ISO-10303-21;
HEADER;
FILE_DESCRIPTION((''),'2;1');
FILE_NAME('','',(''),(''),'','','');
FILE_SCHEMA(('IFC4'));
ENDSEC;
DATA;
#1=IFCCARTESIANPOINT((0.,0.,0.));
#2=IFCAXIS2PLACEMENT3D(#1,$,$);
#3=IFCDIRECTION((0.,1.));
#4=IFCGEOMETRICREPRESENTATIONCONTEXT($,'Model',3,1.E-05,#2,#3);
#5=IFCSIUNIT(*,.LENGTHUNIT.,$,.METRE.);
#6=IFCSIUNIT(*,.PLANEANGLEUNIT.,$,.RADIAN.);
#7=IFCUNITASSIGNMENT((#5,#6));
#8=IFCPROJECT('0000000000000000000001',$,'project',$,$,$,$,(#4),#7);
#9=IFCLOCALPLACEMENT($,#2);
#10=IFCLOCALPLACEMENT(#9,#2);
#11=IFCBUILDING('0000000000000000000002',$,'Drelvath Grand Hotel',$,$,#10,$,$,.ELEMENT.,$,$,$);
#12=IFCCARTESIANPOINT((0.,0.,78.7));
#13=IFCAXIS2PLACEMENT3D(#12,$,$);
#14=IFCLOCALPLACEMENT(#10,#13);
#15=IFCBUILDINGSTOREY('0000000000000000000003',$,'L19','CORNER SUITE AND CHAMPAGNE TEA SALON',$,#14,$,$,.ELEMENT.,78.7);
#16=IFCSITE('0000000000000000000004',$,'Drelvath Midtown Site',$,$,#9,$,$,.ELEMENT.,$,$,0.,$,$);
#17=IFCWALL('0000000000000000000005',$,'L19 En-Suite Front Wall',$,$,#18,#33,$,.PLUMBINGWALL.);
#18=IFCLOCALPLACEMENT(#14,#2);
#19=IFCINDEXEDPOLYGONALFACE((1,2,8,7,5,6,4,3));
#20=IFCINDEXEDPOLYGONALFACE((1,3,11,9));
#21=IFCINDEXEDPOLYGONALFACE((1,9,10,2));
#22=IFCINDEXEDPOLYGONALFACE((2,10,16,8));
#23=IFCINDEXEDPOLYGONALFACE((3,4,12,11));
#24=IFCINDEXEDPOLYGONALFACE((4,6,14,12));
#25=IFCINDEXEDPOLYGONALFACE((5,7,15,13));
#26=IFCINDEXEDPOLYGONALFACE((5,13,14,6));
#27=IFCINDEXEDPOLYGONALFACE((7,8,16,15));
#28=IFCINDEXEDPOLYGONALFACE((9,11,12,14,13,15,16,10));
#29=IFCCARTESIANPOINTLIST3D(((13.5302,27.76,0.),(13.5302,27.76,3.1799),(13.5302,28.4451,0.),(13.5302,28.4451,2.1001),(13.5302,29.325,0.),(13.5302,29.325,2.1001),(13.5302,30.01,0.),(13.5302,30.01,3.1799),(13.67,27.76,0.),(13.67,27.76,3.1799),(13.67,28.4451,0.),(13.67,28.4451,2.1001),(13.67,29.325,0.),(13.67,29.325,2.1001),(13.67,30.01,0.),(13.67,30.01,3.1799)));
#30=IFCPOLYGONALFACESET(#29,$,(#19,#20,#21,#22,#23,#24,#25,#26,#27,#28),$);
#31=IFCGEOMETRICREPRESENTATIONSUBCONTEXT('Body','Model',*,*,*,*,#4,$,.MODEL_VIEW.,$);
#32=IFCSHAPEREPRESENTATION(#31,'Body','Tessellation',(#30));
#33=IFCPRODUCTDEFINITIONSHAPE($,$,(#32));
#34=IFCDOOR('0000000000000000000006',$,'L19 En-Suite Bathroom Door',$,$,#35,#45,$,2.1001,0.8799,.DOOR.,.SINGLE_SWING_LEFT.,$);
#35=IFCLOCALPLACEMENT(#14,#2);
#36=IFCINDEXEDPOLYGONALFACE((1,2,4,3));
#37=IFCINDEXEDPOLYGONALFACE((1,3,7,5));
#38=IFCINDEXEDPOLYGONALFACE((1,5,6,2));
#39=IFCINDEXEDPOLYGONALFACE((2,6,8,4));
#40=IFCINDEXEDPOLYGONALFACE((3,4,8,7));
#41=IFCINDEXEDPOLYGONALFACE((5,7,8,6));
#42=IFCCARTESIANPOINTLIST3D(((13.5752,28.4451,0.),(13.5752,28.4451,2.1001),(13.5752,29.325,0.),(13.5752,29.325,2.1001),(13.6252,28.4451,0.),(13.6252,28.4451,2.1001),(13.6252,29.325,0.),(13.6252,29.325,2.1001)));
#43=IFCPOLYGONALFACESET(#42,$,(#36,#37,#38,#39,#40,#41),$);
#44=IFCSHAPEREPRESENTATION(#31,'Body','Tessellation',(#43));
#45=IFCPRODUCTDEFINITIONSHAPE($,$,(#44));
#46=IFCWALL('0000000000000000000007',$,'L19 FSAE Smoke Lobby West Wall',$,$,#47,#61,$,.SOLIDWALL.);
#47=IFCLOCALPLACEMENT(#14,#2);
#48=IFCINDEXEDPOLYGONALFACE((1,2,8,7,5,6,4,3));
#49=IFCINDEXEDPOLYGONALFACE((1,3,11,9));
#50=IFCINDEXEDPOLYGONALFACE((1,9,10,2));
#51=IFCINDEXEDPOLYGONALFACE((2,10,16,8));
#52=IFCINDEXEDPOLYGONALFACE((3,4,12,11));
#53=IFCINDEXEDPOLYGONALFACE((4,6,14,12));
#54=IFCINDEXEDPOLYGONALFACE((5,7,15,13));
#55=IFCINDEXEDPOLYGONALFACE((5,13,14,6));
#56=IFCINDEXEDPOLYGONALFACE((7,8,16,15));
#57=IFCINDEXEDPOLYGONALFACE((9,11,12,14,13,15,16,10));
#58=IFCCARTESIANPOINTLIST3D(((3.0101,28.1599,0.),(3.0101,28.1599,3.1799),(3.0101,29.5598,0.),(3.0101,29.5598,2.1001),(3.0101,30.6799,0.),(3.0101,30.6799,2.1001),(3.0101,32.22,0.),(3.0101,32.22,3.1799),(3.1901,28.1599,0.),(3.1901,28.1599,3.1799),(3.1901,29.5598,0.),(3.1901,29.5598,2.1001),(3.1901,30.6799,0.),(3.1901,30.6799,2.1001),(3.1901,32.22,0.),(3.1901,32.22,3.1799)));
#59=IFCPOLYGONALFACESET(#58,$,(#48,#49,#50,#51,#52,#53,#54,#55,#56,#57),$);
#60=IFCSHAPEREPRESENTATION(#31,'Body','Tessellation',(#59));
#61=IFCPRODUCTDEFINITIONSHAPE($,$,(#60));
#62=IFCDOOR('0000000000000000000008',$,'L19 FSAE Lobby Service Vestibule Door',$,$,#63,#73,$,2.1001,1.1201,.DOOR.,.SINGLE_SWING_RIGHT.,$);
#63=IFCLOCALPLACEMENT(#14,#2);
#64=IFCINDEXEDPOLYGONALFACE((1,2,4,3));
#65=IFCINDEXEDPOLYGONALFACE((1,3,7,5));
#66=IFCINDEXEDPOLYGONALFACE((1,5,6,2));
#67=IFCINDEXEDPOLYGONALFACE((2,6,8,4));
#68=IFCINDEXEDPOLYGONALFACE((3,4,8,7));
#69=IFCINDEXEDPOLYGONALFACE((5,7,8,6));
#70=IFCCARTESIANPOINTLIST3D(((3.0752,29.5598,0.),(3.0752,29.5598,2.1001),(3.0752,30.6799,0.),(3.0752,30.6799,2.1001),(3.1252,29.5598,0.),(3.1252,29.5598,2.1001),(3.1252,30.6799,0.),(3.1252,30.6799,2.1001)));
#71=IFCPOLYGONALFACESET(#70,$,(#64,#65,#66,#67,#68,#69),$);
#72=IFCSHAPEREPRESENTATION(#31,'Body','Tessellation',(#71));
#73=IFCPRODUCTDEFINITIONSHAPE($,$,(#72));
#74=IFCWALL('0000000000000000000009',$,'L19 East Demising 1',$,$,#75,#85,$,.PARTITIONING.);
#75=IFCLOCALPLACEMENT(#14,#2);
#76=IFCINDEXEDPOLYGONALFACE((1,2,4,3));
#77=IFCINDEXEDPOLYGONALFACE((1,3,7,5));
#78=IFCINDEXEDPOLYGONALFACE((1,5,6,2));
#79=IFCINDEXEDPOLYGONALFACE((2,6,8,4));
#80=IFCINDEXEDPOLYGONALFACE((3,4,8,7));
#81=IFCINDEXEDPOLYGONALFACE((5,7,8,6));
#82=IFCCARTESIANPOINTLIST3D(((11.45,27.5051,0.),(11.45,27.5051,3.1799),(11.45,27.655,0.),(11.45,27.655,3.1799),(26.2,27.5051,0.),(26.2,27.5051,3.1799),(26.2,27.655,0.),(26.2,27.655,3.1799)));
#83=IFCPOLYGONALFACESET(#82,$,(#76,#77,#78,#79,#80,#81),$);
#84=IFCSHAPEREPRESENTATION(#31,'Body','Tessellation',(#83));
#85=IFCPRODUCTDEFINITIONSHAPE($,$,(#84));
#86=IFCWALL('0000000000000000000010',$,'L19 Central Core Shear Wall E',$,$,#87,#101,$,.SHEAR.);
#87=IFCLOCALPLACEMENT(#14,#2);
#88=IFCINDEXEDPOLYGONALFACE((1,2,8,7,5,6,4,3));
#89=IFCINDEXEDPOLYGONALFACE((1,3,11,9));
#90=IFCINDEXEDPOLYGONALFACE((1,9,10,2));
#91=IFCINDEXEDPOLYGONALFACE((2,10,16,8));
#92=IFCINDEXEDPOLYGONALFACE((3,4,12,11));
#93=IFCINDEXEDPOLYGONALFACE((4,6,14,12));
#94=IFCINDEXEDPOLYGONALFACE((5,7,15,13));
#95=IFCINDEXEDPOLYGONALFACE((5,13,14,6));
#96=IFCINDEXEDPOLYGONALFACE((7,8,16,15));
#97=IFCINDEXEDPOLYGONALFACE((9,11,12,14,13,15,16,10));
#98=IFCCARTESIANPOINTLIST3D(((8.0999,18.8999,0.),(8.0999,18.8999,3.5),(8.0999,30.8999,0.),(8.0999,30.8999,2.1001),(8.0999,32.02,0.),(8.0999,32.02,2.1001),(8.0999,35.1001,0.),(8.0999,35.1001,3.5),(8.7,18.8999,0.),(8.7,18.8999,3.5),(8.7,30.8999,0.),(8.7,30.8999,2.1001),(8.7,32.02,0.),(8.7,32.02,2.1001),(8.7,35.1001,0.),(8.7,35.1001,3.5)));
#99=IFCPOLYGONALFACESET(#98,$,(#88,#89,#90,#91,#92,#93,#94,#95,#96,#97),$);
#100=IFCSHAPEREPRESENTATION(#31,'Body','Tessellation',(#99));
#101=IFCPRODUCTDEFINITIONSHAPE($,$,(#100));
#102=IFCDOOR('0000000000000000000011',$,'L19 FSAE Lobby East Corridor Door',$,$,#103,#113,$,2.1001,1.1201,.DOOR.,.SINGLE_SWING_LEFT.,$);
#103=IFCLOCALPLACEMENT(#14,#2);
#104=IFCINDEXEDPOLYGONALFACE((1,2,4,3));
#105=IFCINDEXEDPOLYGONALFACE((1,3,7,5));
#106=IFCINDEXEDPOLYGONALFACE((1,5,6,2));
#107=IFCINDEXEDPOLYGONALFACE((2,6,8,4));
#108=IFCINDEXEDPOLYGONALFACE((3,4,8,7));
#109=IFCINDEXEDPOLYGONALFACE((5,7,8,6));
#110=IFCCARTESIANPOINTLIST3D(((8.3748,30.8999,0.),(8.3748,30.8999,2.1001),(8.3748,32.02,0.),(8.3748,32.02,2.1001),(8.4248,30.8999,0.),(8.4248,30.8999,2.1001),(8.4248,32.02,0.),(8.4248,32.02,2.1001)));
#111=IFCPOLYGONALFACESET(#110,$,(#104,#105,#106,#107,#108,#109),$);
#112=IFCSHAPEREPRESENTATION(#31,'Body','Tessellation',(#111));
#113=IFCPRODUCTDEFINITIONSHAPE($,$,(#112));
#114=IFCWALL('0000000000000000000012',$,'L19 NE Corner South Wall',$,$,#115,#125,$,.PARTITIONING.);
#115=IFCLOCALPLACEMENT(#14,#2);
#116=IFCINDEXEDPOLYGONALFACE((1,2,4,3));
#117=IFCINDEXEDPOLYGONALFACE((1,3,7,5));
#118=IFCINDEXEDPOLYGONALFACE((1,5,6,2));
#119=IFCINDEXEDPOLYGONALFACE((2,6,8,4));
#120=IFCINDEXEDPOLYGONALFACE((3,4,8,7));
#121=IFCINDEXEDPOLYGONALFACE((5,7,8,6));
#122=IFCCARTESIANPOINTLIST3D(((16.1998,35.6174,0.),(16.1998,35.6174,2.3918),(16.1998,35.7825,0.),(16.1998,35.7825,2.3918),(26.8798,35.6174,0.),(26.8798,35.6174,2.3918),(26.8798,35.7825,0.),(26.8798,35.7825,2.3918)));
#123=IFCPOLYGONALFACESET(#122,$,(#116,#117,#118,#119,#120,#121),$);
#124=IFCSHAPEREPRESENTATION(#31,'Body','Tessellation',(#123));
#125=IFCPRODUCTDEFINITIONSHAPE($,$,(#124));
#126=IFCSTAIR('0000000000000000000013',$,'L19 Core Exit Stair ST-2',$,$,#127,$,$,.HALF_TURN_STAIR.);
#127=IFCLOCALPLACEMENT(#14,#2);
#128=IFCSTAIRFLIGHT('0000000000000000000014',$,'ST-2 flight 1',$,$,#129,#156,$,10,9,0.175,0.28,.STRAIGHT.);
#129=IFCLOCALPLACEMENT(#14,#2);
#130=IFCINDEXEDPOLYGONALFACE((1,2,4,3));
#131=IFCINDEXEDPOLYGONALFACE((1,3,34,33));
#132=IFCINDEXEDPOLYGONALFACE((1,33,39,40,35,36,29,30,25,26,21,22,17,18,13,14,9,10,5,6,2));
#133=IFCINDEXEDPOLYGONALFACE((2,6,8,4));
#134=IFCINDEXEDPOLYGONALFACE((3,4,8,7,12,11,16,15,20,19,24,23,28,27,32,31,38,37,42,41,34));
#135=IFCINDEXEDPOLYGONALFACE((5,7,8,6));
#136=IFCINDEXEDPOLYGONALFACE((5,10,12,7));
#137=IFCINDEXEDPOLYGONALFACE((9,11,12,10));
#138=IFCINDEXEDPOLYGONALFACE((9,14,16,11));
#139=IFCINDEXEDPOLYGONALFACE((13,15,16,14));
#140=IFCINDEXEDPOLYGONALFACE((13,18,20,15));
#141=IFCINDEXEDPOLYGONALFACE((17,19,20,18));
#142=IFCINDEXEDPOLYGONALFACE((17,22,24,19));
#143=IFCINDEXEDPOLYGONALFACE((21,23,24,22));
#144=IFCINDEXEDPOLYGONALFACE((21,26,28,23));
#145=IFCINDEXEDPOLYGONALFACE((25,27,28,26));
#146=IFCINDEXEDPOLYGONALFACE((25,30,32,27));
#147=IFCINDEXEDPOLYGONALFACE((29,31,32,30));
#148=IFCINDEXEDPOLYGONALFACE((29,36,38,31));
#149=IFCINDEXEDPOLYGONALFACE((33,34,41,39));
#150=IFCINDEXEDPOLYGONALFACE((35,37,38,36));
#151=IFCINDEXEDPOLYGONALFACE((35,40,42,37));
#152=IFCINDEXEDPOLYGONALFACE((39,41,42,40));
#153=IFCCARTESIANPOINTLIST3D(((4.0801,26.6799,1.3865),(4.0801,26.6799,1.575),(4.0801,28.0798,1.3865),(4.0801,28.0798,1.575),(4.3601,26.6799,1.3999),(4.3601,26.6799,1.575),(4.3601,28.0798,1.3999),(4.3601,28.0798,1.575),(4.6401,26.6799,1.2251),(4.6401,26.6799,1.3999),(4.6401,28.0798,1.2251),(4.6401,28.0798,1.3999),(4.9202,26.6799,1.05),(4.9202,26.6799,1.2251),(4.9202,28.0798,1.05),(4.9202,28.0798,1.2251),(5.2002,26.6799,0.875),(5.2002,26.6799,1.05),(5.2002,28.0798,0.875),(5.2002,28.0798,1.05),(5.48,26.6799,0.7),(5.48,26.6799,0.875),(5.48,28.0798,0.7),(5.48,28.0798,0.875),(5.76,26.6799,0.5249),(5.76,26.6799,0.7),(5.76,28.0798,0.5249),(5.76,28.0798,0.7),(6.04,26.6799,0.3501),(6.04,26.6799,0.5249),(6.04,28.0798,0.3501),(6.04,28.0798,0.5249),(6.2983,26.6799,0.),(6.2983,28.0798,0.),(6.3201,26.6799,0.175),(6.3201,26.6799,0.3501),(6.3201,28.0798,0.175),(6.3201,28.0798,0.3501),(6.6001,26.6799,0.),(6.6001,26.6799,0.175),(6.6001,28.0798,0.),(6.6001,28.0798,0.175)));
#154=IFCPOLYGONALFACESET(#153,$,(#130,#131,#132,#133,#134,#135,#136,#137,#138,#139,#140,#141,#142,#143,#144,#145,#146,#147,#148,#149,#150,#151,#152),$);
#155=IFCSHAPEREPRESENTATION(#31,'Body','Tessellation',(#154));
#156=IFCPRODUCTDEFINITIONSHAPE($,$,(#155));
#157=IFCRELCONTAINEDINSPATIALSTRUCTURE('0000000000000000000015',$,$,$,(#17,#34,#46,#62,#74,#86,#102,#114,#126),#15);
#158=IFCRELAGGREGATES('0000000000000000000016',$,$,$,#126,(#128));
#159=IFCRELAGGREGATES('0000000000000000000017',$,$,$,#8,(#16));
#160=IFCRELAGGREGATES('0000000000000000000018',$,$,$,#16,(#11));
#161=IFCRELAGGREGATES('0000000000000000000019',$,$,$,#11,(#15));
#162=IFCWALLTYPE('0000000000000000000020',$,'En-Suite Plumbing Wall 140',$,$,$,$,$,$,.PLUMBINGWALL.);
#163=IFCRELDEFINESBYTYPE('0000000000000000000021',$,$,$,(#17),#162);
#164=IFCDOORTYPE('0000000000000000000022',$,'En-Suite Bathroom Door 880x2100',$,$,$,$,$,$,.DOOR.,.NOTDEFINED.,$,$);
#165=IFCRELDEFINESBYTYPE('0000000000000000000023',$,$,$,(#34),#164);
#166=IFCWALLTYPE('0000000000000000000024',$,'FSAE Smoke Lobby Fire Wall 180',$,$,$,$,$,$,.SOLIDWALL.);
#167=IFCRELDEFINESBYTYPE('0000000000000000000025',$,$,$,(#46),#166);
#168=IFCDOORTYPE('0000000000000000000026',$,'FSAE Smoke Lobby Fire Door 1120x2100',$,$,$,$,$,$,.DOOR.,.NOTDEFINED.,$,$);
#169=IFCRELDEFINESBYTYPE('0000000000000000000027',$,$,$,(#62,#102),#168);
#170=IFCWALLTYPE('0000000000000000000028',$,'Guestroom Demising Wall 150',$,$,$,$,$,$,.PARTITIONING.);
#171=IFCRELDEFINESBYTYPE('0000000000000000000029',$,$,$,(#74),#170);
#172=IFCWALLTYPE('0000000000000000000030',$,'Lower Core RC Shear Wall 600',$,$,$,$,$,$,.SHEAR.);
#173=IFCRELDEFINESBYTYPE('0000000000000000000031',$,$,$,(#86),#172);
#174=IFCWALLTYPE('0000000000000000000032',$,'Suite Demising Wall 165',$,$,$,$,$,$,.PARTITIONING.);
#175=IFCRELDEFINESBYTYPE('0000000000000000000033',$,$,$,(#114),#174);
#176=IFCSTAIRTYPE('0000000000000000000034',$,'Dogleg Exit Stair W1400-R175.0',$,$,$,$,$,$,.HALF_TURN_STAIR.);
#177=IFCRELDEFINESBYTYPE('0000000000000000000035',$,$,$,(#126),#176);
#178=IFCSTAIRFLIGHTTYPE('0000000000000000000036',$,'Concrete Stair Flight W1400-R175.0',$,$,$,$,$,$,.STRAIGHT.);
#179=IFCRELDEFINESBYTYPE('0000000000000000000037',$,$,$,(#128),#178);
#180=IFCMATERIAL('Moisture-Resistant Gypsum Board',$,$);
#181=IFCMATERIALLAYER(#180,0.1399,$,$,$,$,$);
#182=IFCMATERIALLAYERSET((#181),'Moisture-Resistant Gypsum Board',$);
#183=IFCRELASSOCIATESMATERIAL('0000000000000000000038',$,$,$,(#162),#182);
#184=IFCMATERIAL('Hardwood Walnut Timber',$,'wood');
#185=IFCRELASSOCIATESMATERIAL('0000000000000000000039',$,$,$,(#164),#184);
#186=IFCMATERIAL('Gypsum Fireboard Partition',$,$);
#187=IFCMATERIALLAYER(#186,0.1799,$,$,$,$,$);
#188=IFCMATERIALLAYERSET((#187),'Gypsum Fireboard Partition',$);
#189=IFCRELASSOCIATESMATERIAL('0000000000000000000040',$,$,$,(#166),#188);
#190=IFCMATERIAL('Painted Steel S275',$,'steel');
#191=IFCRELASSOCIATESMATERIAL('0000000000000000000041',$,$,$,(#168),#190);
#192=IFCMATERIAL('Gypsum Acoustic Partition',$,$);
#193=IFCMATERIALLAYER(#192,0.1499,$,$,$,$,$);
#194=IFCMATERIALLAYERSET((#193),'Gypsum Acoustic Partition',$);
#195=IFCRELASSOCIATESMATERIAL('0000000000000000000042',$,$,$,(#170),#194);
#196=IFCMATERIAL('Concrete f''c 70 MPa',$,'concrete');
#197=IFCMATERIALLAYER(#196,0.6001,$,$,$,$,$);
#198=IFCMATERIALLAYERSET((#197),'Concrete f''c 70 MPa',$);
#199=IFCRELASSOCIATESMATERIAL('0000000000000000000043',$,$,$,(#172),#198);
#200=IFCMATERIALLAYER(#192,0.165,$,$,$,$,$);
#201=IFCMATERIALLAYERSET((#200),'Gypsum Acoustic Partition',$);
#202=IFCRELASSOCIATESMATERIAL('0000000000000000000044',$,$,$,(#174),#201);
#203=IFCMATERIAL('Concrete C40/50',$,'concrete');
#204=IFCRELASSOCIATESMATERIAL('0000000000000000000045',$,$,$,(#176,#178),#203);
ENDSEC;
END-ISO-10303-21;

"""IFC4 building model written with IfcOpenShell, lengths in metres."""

from ifc_helpers import new_model, si_unit, direction, frame, frame_2d, origin, place, context, subcontext, project, spatial, polyline, rectangle, outline, extrude, material, layer, layer_set, type_object, element, fill, aggregate, save


model = new_model("IFC4")

# Units and contexts
model_context = context("Model", 3, precision=1e-05, world=origin(), true_north=direction((0.0, 1.0)))
body_context = subcontext(model_context, "Body", "Model", "MODEL_VIEW")
ifc_project = project(units=[si_unit("LENGTHUNIT", "METRE"), si_unit("PLANEANGLEUNIT", "RADIAN")], contexts=[model_context])

# Site, building, storey
site_placement = place(None, origin())
site = spatial("IfcSite", under=ifc_project, at=site_placement, Name="Drelvath Midtown Site", CompositionType="ELEMENT", RefElevation=0.0)
building_placement = place(site_placement, origin())
building = spatial("IfcBuilding", under=site, at=building_placement, Name="Drelvath Grand Hotel", CompositionType="ELEMENT")
storey_placement = place(building_placement, frame((0.0, 0.0, 78.7)))
storey = spatial("IfcBuildingStorey", under=building, at=storey_placement, Name="L19", Description="CORNER SUITE AND CHAMPAGNE TEA SALON", CompositionType="ELEMENT", Elevation=78.7)

# Shared definitions
ifc_material_1 = material(Name="Concrete f'c 70 MPa", Category="concrete")

# Shared definitions
ifc_material_2 = material(Name="Concrete C40/50", Category="concrete")

# Shared definitions
ifc_material_3 = material(Name="Painted Steel S275", Category="steel")

# Shared definitions
ifc_material_4 = material(Name="Gypsum Fireboard Partition")
ifc_material_5 = material(Name="Moisture-Resistant Gypsum Board")
ifc_layer_1 = layer(ifc_material_5, 0.1399)
ifc_layer_set_1 = layer_set([ifc_layer_1], Name="Moisture-Resistant Gypsum Board")
wall_type_1 = type_object("IfcWallType", Name="En-Suite Plumbing Wall 140", PredefinedType="PLUMBINGWALL", material=ifc_layer_set_1)

# Walls, openings, doors
wall_1_placement = place(storey_placement, frame((13.6001, 27.76, 0.0), z_axis=(0.0, 0.0, 1.0), x_axis=(0.0, 1.0, 0.0)))
wall_1 = element("IfcWall", 1, at=wall_1_placement, inside=storey, type_object=wall_type_1, Name="L19 En-Suite Front Wall", PredefinedType="PLUMBINGWALL", context=body_context, shape_type="SweptSolid", body=[
    extrude(rectangle(XDim=2.25, YDim=0.1399, at=frame_2d((1.125, 0.0))), origin(), (0.0, 0.0, 1.0), 3.1799),
])
opening_1_placement = place(wall_1_placement, frame((0.6851, 0.0, 0.0)))
opening_1 = element("IfcOpeningElement", 2, at=opening_1_placement, cuts=wall_1, PredefinedType="OPENING", context=body_context, shape_type="SweptSolid", body=[
    extrude(rectangle(XDim=0.8799, YDim=2.1001, at=frame_2d((0.4399, 1.05))), frame((0.0, 0.0798, 0.0), z_axis=(0.0, -1.0, 0.0), x_axis=(1.0, 0.0, 0.0)), (0.0, 0.0, 1.0), 0.1599),
])
ifc_material_6 = material(Name="Hardwood Walnut Timber", Category="wood")
door_type_1 = type_object("IfcDoorType", Name="En-Suite Bathroom Door 880x2100", OperationType="NOTDEFINED", PredefinedType="DOOR", material=ifc_material_6)
door_1_placement = place(opening_1_placement, origin())
door_1 = element("IfcDoor", 3, at=door_1_placement, inside=storey, type_object=door_type_1, Name="L19 En-Suite Bathroom Door", OperationType="SINGLE_SWING_LEFT", OverallHeight=2.1001, OverallWidth=0.8799, PredefinedType="DOOR", context=body_context, shape_type="SweptSolid", body=[
    extrude(rectangle(XDim=0.8799, YDim=2.1001, at=frame_2d((0.4399, 1.05))), frame((0.0, 0.0249, 0.0), z_axis=(0.0, -1.0, 0.0), x_axis=(1.0, 0.0, 0.0)), (0.0, 0.0, 1.0), 0.05),
])
fill(opening_1, door_1)
ifc_layer_2 = layer(ifc_material_4, 0.1799)
ifc_layer_set_2 = layer_set([ifc_layer_2], Name="Gypsum Fireboard Partition")
wall_type_2 = type_object("IfcWallType", Name="FSAE Smoke Lobby Fire Wall 180", PredefinedType="SOLIDWALL", material=ifc_layer_set_2)
wall_2_placement = place(storey_placement, frame((3.1001, 28.1599, 0.0), z_axis=(0.0, 0.0, 1.0), x_axis=(0.0, 1.0, 0.0)))
wall_2 = element("IfcWall", 4, at=wall_2_placement, inside=storey, type_object=wall_type_2, Name="L19 FSAE Smoke Lobby West Wall", PredefinedType="SOLIDWALL", context=body_context, shape_type="SweptSolid", body=[
    extrude(rectangle(XDim=4.0601, YDim=0.1799, at=frame_2d((2.03, 0.0))), origin(), (0.0, 0.0, 1.0), 3.1799),
])
opening_2_placement = place(wall_2_placement, frame((1.3999, 0.0, 0.0)))
opening_2 = element("IfcOpeningElement", 5, at=opening_2_placement, cuts=wall_2, PredefinedType="OPENING", context=body_context, shape_type="SweptSolid", body=[
    extrude(rectangle(XDim=1.1201, YDim=2.1001, at=frame_2d((0.5601, 1.05))), frame((0.0, 0.0999, 0.0), z_axis=(0.0, -1.0, 0.0), x_axis=(1.0, 0.0, 0.0)), (0.0, 0.0, 1.0), 0.2),
])
door_type_2 = type_object("IfcDoorType", Name="FSAE Smoke Lobby Fire Door 1120x2100", OperationType="NOTDEFINED", PredefinedType="DOOR", material=ifc_material_3)
door_2_placement = place(opening_2_placement, origin())
door_2 = element("IfcDoor", 6, at=door_2_placement, inside=storey, type_object=door_type_2, Name="L19 FSAE Lobby Service Vestibule Door", OperationType="SINGLE_SWING_RIGHT", OverallHeight=2.1001, OverallWidth=1.1201, PredefinedType="DOOR", context=body_context, shape_type="SweptSolid", body=[
    extrude(rectangle(XDim=1.1201, YDim=2.1001, at=frame_2d((0.5601, 1.05))), frame((0.0, 0.0249, 0.0), z_axis=(0.0, -1.0, 0.0), x_axis=(1.0, 0.0, 0.0)), (0.0, 0.0, 1.0), 0.05),
])
fill(opening_2, door_2)

# Wall
ifc_material_7 = material(Name="Gypsum Acoustic Partition")
ifc_layer_3 = layer(ifc_material_7, 0.1499)
ifc_layer_set_3 = layer_set([ifc_layer_3], Name="Gypsum Acoustic Partition")
wall_type_3 = type_object("IfcWallType", Name="Guestroom Demising Wall 150", PredefinedType="PARTITIONING", material=ifc_layer_set_3)
wall_3_placement = place(storey_placement, frame((11.45, 27.5801, 0.0), z_axis=(0.0, 0.0, 1.0), x_axis=(1.0, 0.0, 0.0)))
element("IfcWall", 7, at=wall_3_placement, inside=storey, type_object=wall_type_3, Name="L19 East Demising 1", PredefinedType="PARTITIONING", context=body_context, shape_type="SweptSolid", body=[
    extrude(rectangle(XDim=14.75, YDim=0.1499, at=frame_2d((7.375, 0.0))), origin(), (0.0, 0.0, 1.0), 3.1799),
])

# Wall, opening, door
ifc_layer_4 = layer(ifc_material_1, 0.6001)
ifc_layer_set_4 = layer_set([ifc_layer_4], Name="Concrete f'c 70 MPa")
wall_type_4 = type_object("IfcWallType", Name="Lower Core RC Shear Wall 600", PredefinedType="SHEAR", material=ifc_layer_set_4)
wall_4_placement = place(storey_placement, frame((8.3999, 35.1001, 0.0), z_axis=(0.0, 0.0, 1.0), x_axis=(0.0, -1.0, 0.0)))
wall_4 = element("IfcWall", 8, at=wall_4_placement, inside=storey, type_object=wall_type_4, Name="L19 Central Core Shear Wall E", PredefinedType="SHEAR", context=body_context, shape_type="SweptSolid", body=[
    extrude(rectangle(XDim=16.2002, YDim=0.6001, at=frame_2d((8.1001, 0.0))), origin(), (0.0, 0.0, 1.0), 3.5),
])
opening_3_placement = place(wall_4_placement, frame((3.0801, 0.0, 0.0)))
opening_3 = element("IfcOpeningElement", 9, at=opening_3_placement, cuts=wall_4, PredefinedType="OPENING", context=body_context, shape_type="SweptSolid", body=[
    extrude(rectangle(XDim=1.1201, YDim=2.1001, at=frame_2d((0.5601, 1.05))), frame((0.0, 0.3101, 0.0), z_axis=(0.0, -1.0, 0.0), x_axis=(1.0, 0.0, 0.0)), (0.0, 0.0, 1.0), 0.6201),
])
door_3_placement = place(opening_3_placement, origin())
door_3 = element("IfcDoor", 10, at=door_3_placement, inside=storey, type_object=door_type_2, Name="L19 FSAE Lobby East Corridor Door", OperationType="SINGLE_SWING_LEFT", OverallHeight=2.1001, OverallWidth=1.1201, PredefinedType="DOOR", context=body_context, shape_type="SweptSolid", body=[
    extrude(rectangle(XDim=1.1201, YDim=2.1001, at=frame_2d((0.5601, 1.05))), frame((0.0, 0.0249, 0.0), z_axis=(0.0, -1.0, 0.0), x_axis=(1.0, 0.0, 0.0)), (0.0, 0.0, 1.0), 0.05),
])
fill(opening_3, door_3)

# Wall
ifc_layer_5 = layer(ifc_material_7, 0.165)
ifc_layer_set_5 = layer_set([ifc_layer_5], Name="Gypsum Acoustic Partition")
wall_type_5 = type_object("IfcWallType", Name="Suite Demising Wall 165", PredefinedType="PARTITIONING", material=ifc_layer_set_5)
wall_5_placement = place(storey_placement, frame((16.2, 35.7, 0.0), z_axis=(0.0, 0.0, 1.0), x_axis=(1.0, 0.0, 0.0)))
element("IfcWall", 11, at=wall_5_placement, inside=storey, type_object=wall_type_5, Name="L19 NE Corner South Wall", PredefinedType="PARTITIONING", context=body_context, shape_type="SweptSolid", body=[
    extrude(rectangle(XDim=10.6799, YDim=0.165, at=frame_2d((5.3398, 0.0))), origin(), (0.0, 0.0, 1.0), 2.3918),
])

# Stair, stair flight
stair_type = type_object("IfcStairType", Name="Dogleg Exit Stair W1400-R175.0", PredefinedType="HALF_TURN_STAIR", material=ifc_material_2)
stair_placement = place(storey_placement, origin())
stair = element("IfcStair", 12, at=stair_placement, inside=storey, type_object=stair_type, Name="L19 Core Exit Stair ST-2", PredefinedType="HALF_TURN_STAIR")
stair_flight_type = type_object("IfcStairFlightType", Name="Concrete Stair Flight W1400-R175.0", PredefinedType="STRAIGHT", material=ifc_material_2)
stair_flight_placement = place(storey_placement, frame((6.6001, 27.3799, 0.0), z_axis=(0.0, 0.0, 1.0), x_axis=(-1.0, 0.0, 0.0)))
stair_flight = element("IfcStairFlight", 13, at=stair_flight_placement, type_object=stair_flight_type, Name="ST-2 flight 1", NumberOfRisers=10, NumberOfTreads=9, PredefinedType="STRAIGHT", RiserHeight=0.175, TreadLength=0.28, context=body_context, shape_type="SweptSolid", body=[
    extrude(outline(polyline([(0.0, 0.0), (0.0, 0.175), (0.28, 0.175), (0.28, 0.3501), (0.5601, 0.3501), (0.5601, 0.5249), (0.8401, 0.5249), (0.8401, 0.7), (1.1201, 0.7), (1.1201, 0.875), (1.3999, 0.875), (1.3999, 1.05), (1.6799, 1.05), (1.6799, 1.2251), (1.96, 1.2251), (1.96, 1.3999), (2.24, 1.3999), (2.24, 1.575), (2.52, 1.575), (2.52, 1.75), (2.52, 1.3865), (0.3018, 0.0), (0.0, 0.0)])), frame((0.0, 0.7, 0.0), z_axis=(0.0, -1.0, 0.0), x_axis=(1.0, 0.0, 0.0)), (0.0, 0.0, 1.0), 1.3999),
])
aggregate(stair, [stair_flight])

save(model, "model.ifc")
